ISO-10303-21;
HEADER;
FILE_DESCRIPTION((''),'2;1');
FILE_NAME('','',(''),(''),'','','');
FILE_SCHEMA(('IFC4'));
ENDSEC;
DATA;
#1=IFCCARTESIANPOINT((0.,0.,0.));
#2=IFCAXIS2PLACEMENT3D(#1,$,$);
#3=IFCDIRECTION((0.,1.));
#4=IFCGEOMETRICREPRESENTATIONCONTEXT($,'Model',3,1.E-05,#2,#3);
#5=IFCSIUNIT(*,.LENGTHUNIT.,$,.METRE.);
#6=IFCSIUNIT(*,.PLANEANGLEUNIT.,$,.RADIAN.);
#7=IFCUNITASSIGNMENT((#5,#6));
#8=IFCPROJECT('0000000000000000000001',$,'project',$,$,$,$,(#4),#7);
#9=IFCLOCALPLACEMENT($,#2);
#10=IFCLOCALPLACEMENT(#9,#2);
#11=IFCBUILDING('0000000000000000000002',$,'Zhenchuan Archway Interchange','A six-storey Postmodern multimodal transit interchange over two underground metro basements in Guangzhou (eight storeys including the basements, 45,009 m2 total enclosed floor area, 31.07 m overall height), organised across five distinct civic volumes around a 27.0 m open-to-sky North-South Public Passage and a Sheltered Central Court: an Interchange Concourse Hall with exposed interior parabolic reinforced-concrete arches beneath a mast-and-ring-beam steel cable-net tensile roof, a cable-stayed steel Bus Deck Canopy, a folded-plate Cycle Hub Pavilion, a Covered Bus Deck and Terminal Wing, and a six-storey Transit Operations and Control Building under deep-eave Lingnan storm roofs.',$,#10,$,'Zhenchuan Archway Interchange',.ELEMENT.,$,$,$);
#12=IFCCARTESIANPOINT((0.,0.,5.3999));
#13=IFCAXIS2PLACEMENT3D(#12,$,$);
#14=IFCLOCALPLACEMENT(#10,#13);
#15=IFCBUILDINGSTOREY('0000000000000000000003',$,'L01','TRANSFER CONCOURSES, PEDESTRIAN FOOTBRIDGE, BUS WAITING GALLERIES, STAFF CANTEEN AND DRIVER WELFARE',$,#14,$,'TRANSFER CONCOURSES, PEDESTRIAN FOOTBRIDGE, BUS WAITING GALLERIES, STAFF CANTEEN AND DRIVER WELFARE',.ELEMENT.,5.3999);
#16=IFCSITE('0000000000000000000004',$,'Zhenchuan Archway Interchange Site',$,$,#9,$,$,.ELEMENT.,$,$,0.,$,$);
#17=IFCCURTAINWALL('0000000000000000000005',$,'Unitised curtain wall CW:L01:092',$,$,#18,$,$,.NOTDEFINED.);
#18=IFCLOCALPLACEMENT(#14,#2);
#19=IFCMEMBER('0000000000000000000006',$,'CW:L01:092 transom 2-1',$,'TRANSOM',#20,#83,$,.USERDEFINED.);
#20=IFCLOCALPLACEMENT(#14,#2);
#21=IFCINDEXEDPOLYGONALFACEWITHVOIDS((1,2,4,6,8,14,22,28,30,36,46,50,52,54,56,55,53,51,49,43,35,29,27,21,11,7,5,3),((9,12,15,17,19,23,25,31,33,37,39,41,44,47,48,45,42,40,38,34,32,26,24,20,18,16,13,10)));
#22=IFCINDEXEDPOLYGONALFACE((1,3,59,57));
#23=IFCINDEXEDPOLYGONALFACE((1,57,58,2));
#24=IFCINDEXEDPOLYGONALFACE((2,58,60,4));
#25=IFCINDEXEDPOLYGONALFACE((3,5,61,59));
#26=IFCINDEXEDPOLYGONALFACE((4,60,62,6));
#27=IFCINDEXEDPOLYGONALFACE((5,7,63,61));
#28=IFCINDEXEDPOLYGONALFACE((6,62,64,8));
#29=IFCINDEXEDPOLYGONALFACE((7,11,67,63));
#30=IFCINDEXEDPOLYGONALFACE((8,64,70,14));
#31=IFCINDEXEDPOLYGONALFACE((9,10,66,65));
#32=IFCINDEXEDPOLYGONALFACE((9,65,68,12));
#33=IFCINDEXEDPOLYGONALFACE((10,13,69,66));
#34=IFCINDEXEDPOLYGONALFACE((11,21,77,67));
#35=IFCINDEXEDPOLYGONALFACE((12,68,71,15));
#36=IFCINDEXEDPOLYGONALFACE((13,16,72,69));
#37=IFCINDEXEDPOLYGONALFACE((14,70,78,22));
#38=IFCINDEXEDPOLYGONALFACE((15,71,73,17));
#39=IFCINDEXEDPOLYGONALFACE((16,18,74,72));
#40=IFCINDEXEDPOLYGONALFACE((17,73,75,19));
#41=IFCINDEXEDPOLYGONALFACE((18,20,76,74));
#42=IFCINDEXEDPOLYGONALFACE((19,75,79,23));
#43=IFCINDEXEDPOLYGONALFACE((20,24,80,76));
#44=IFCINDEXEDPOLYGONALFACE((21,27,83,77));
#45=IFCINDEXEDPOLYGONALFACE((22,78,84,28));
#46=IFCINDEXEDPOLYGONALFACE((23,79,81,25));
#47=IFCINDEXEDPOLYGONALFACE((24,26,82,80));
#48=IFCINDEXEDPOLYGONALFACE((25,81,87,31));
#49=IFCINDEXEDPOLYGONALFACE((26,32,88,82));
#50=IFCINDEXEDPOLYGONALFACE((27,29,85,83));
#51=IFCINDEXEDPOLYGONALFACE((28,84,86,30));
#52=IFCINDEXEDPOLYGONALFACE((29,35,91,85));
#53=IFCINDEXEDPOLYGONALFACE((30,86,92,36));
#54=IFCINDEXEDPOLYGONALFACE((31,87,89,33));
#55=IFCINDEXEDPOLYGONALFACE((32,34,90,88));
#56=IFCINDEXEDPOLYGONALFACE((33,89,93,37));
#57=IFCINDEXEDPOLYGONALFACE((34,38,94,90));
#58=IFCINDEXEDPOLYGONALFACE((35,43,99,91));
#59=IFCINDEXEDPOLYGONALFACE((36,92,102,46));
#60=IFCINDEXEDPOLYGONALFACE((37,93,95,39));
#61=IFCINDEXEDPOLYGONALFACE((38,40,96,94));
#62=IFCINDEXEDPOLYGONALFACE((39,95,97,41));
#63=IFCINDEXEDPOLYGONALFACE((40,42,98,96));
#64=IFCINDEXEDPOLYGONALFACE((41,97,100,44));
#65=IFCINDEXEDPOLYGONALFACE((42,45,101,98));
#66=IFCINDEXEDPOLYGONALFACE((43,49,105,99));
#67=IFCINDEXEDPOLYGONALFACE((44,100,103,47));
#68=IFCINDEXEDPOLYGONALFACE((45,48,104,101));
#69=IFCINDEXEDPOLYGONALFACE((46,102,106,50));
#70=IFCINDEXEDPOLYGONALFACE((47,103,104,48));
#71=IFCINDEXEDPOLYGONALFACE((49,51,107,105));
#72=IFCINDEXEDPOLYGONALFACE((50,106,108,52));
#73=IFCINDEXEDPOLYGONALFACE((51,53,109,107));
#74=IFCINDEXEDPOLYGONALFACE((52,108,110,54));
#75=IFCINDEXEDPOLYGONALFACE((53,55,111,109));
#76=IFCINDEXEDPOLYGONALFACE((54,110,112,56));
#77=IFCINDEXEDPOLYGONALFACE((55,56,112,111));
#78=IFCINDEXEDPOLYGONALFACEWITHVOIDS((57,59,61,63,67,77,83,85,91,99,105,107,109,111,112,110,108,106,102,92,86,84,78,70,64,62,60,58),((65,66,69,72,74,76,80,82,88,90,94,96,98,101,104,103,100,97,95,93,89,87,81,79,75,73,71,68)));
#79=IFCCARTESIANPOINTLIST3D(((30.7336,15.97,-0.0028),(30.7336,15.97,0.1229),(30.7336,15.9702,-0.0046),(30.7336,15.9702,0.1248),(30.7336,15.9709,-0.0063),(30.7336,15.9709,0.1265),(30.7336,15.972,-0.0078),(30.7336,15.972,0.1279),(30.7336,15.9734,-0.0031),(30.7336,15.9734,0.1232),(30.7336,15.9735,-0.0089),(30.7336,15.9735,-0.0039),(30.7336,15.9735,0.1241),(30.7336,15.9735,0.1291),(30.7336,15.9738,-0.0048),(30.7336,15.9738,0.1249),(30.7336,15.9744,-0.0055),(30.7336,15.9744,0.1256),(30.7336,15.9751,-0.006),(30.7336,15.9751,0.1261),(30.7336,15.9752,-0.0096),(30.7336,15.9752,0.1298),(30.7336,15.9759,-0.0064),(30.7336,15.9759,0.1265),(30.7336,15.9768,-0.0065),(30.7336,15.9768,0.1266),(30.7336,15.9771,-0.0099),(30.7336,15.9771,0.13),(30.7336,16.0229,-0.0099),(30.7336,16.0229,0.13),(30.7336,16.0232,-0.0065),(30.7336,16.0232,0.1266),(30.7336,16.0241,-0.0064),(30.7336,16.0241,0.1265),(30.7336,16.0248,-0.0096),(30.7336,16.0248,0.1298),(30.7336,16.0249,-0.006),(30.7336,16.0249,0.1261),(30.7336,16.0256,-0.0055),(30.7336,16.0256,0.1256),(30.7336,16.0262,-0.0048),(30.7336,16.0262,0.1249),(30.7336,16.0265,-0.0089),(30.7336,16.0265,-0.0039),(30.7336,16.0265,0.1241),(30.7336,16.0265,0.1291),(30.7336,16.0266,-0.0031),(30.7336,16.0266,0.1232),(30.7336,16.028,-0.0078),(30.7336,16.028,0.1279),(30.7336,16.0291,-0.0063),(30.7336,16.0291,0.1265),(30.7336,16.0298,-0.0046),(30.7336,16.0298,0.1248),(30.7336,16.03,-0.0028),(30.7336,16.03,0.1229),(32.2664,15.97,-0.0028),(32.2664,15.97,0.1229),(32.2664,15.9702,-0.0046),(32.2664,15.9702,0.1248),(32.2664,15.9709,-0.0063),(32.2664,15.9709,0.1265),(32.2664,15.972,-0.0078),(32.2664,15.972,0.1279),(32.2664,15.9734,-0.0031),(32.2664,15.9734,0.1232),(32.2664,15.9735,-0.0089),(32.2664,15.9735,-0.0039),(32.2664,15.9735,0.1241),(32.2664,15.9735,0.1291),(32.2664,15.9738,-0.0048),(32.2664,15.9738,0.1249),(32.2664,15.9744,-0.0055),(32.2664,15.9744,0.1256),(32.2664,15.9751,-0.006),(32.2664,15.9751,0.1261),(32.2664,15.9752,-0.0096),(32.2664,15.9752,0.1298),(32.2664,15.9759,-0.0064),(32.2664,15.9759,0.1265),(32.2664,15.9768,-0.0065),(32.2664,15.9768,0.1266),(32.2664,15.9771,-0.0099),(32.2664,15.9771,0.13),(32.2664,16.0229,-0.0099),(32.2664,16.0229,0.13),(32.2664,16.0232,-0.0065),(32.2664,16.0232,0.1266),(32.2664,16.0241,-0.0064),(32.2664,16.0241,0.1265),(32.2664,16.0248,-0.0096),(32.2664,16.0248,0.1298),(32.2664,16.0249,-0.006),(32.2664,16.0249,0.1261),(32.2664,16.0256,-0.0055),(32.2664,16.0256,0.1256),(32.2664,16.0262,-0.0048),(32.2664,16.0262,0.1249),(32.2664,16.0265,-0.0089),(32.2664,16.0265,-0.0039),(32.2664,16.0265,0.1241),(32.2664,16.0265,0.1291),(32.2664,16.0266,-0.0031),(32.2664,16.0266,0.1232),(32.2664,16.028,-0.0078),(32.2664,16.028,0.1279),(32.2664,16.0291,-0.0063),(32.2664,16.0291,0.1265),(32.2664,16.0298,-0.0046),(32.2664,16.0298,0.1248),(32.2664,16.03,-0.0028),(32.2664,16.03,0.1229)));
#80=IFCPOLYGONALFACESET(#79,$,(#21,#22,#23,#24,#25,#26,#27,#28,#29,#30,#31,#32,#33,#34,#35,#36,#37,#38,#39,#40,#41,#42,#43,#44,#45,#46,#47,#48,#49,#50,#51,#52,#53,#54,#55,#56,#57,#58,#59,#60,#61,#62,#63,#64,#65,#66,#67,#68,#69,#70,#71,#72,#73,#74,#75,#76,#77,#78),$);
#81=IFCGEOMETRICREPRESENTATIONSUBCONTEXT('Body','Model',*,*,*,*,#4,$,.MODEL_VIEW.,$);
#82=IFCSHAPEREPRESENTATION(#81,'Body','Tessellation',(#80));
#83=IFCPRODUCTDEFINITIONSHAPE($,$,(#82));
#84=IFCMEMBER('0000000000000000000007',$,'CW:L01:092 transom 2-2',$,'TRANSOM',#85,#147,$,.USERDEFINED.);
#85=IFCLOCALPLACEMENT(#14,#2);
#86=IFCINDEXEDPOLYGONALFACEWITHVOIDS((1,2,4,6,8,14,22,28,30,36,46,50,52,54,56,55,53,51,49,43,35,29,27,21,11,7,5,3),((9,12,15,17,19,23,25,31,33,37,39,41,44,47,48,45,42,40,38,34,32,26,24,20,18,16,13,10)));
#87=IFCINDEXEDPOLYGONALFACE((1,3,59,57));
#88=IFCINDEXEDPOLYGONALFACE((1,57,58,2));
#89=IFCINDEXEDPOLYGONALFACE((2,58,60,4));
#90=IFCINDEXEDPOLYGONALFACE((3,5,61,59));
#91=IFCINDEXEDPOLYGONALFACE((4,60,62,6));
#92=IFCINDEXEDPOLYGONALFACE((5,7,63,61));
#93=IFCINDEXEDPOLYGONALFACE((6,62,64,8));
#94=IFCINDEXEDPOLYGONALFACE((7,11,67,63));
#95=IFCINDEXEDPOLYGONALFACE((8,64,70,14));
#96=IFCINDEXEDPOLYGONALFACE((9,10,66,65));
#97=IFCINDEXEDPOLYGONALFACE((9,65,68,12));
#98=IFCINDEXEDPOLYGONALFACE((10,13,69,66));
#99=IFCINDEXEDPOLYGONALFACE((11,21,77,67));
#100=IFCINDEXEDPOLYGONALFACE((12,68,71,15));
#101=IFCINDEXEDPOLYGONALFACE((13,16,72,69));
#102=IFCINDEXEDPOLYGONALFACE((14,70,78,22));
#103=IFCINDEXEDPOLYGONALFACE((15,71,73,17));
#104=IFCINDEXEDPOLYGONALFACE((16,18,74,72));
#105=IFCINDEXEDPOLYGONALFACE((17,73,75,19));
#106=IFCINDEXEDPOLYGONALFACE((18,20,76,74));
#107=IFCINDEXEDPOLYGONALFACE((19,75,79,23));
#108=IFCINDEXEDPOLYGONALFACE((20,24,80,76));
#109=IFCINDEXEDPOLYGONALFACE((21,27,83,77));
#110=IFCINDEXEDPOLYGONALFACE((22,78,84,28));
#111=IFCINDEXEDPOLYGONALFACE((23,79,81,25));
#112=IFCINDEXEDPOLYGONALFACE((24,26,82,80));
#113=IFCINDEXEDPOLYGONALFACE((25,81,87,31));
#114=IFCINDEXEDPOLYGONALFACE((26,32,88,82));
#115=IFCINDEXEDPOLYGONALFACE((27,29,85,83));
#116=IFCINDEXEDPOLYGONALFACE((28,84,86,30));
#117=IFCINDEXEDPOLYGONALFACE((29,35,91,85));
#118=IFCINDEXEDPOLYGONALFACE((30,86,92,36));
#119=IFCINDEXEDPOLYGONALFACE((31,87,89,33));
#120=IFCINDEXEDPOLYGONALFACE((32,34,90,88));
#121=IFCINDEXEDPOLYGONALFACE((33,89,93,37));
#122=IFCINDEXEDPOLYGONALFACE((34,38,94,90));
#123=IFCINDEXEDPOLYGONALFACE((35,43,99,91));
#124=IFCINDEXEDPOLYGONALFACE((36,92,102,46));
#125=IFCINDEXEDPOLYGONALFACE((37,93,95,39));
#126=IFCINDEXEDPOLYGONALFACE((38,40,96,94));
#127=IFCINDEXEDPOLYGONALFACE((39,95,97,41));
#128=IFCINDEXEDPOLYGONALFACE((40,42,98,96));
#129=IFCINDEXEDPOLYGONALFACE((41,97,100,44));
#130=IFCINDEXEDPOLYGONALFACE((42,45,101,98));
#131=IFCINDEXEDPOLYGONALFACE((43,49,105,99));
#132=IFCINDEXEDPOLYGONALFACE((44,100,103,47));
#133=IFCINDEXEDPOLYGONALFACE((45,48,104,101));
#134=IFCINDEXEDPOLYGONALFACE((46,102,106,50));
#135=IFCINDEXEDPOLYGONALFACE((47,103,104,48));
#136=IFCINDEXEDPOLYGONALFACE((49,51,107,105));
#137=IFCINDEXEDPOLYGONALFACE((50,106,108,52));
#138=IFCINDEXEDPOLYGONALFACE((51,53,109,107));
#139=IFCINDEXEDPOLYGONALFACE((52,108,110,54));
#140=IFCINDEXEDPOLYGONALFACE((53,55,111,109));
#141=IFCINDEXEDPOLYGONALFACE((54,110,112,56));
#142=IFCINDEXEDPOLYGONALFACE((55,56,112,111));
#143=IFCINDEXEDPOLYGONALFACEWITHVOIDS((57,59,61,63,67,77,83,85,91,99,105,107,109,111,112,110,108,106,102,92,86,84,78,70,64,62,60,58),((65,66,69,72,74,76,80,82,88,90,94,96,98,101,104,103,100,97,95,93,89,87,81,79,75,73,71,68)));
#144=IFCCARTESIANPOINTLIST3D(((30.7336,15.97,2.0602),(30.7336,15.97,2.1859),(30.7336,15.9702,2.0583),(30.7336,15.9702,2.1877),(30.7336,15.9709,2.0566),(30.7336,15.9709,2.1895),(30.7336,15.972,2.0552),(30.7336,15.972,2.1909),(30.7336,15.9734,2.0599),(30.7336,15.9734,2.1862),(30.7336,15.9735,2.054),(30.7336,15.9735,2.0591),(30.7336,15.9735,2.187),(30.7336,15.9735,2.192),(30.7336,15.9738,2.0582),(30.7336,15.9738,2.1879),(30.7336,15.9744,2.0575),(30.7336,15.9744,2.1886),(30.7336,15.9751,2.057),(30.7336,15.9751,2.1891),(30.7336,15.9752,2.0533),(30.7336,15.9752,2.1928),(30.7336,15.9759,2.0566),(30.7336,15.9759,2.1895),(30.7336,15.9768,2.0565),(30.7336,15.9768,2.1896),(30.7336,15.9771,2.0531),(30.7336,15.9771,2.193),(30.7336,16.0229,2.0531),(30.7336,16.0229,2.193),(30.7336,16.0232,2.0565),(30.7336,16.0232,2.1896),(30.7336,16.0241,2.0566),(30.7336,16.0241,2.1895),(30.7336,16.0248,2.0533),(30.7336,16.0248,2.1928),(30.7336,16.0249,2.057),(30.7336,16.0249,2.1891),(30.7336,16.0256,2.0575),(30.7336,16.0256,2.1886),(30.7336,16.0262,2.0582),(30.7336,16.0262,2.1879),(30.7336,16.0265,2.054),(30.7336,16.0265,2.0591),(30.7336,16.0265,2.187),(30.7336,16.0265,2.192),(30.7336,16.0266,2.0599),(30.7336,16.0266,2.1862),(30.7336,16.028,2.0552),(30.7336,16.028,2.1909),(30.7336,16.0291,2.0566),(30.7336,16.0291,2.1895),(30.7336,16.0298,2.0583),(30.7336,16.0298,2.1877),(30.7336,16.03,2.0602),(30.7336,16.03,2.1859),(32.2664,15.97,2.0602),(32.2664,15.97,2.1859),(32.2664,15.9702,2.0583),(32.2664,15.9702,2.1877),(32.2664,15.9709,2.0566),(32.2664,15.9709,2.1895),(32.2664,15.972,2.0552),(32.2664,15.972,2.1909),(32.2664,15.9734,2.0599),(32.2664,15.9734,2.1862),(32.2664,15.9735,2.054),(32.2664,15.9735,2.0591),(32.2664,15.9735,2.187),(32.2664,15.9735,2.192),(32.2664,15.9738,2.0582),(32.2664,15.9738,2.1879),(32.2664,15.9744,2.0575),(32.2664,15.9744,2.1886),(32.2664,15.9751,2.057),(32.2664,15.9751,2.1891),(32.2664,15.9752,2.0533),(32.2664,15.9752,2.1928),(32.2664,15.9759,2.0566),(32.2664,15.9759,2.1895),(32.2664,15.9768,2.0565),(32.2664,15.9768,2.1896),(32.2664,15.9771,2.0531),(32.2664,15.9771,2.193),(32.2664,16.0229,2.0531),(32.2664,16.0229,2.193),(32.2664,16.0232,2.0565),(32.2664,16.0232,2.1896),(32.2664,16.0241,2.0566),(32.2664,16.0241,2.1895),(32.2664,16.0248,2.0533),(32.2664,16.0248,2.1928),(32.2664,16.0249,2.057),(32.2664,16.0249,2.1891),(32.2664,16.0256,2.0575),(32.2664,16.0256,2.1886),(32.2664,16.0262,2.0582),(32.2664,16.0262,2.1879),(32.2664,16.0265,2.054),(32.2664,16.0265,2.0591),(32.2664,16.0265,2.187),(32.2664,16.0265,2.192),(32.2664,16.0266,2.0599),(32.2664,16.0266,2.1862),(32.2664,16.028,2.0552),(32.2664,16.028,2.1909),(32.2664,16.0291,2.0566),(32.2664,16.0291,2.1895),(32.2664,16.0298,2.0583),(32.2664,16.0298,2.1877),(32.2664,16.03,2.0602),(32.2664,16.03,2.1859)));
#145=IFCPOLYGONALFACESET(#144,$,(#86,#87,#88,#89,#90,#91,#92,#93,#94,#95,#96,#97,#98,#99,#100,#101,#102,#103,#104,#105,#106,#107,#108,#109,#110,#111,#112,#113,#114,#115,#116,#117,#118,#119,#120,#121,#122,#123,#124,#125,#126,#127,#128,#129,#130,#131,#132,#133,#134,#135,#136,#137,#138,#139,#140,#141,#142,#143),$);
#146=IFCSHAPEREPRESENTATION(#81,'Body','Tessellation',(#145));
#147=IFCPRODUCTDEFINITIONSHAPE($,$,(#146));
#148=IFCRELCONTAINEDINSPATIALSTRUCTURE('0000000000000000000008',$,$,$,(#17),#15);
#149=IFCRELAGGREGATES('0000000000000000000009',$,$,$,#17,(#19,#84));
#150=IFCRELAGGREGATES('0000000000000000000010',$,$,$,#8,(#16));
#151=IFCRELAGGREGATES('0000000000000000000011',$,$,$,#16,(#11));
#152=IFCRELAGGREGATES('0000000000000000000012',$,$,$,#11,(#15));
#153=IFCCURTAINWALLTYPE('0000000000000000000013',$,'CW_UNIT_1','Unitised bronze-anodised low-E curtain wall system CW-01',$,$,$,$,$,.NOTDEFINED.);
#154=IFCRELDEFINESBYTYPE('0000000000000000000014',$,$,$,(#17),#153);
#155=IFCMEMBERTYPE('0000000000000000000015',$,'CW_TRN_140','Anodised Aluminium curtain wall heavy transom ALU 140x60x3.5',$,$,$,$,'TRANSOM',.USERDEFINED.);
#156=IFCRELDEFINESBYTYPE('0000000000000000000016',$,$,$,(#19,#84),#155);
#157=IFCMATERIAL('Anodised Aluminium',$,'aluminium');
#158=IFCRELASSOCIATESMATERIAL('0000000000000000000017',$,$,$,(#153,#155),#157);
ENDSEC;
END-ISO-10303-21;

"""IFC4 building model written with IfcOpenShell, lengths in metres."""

from ifc_helpers import new_model, si_unit, direction, frame, origin, origin_2d, place, context, subcontext, project, spatial, hollow_rectangle, extrude, material, material_profile, profile_set, type_object, element, aggregate, save


model = new_model("IFC4")

# Units and contexts
model_context = context("Model", 3, precision=1e-05, world=origin(), true_north=direction((0.0, 1.0)))
body_context = subcontext(model_context, "Body", "Model", "MODEL_VIEW")
ifc_project = project(units=[si_unit("LENGTHUNIT", "METRE"), si_unit("PLANEANGLEUNIT", "RADIAN")], contexts=[model_context])

# Site, building, storey
site_placement = place(None, origin())
site = spatial("IfcSite", under=ifc_project, at=site_placement, Name="Zhenchuan Archway Interchange Site", CompositionType="ELEMENT", RefElevation=0.0)
building_placement = place(site_placement, origin())
building = spatial("IfcBuilding", under=site, at=building_placement, Name="Zhenchuan Archway Interchange", Description="A six-storey Postmodern multimodal transit interchange over two underground metro basements in Guangzhou (eight storeys including the basements, 45,009 m2 total enclosed floor area, 31.07 m overall height), organised across five distinct civic volumes around a 27.0 m open-to-sky North-South Public Passage and a Sheltered Central Court: an Interchange Concourse Hall with exposed interior parabolic reinforced-concrete arches beneath a mast-and-ring-beam steel cable-net tensile roof, a cable-stayed steel Bus Deck Canopy, a folded-plate Cycle Hub Pavilion, a Covered Bus Deck and Terminal Wing, and a six-storey Transit Operations and Control Building under deep-eave Lingnan storm roofs.", LongName="Zhenchuan Archway Interchange", CompositionType="ELEMENT")
storey_placement = place(building_placement, frame((0.0, 0.0, 5.3999)))
storey = spatial("IfcBuildingStorey", under=building, at=storey_placement, Name="L01", Description="TRANSFER CONCOURSES, PEDESTRIAN FOOTBRIDGE, BUS WAITING GALLERIES, STAFF CANTEEN AND DRIVER WELFARE", LongName="TRANSFER CONCOURSES, PEDESTRIAN FOOTBRIDGE, BUS WAITING GALLERIES, STAFF CANTEEN AND DRIVER WELFARE", CompositionType="ELEMENT", Elevation=5.3999)

# Curtain wall, members
ifc_material_1 = material(Name="Anodised Aluminium", Category="aluminium")
curtain_wall_type = type_object("IfcCurtainWallType", Name="CW_UNIT_1", Description="Unitised bronze-anodised low-E curtain wall system CW-01", PredefinedType="NOTDEFINED", material=ifc_material_1)
curtain_wall_placement = place(storey_placement, origin())
curtain_wall = element("IfcCurtainWall", 1, at=curtain_wall_placement, inside=storey, type_object=curtain_wall_type, Name="Unitised curtain wall CW:L01:092", PredefinedType="NOTDEFINED")
ifc_material_profile_1 = material_profile(ifc_material_1, hollow_rectangle(XDim=0.0601, YDim=0.1399, WallThickness=0.0034, InnerFilletRadius=0.0034, OuterFilletRadius=0.0071, at=origin_2d()), Name="ALU 140x60x3.5")
ifc_profile_set_1 = profile_set([ifc_material_profile_1], Name="Anodised Aluminium")
member_type_1 = type_object("IfcMemberType", Name="CW_TRN_140", Description="Anodised Aluminium curtain wall heavy transom ALU 140x60x3.5", ElementType="TRANSOM", PredefinedType="USERDEFINED", material=ifc_profile_set_1)
member_1_placement = place(storey_placement, frame((30.7336, 16.0, 0.0601), z_axis=(1.0, 0.0, 0.0), x_axis=(0.0, 1.0, 0.0)))
member_1 = element("IfcMember", 2, at=member_1_placement, type_object=member_type_1, Name="CW:L01:092 transom 2-1", ObjectType="TRANSOM", PredefinedType="USERDEFINED", context=body_context, shape_type="SweptSolid", body=[
    extrude(hollow_rectangle(XDim=0.0601, YDim=0.1399, WallThickness=0.0034, InnerFilletRadius=0.0034, OuterFilletRadius=0.0071, at=origin_2d()), origin(), (0.0, 0.0, 1.0), 1.5327),
])
member_2_placement = place(storey_placement, frame((30.7336, 16.0, 2.123), z_axis=(1.0, 0.0, 0.0), x_axis=(0.0, 1.0, 0.0)))
member_2 = element("IfcMember", 3, at=member_2_placement, type_object=member_type_1, Name="CW:L01:092 transom 2-2", ObjectType="TRANSOM", PredefinedType="USERDEFINED", context=body_context, shape_type="SweptSolid", body=[
    extrude(hollow_rectangle(XDim=0.0601, YDim=0.1399, WallThickness=0.0034, InnerFilletRadius=0.0034, OuterFilletRadius=0.0071, at=origin_2d()), origin(), (0.0, 0.0, 1.0), 1.5327),
])

aggregate(curtain_wall, [member_1, member_2])

save(model, "model.ifc")
